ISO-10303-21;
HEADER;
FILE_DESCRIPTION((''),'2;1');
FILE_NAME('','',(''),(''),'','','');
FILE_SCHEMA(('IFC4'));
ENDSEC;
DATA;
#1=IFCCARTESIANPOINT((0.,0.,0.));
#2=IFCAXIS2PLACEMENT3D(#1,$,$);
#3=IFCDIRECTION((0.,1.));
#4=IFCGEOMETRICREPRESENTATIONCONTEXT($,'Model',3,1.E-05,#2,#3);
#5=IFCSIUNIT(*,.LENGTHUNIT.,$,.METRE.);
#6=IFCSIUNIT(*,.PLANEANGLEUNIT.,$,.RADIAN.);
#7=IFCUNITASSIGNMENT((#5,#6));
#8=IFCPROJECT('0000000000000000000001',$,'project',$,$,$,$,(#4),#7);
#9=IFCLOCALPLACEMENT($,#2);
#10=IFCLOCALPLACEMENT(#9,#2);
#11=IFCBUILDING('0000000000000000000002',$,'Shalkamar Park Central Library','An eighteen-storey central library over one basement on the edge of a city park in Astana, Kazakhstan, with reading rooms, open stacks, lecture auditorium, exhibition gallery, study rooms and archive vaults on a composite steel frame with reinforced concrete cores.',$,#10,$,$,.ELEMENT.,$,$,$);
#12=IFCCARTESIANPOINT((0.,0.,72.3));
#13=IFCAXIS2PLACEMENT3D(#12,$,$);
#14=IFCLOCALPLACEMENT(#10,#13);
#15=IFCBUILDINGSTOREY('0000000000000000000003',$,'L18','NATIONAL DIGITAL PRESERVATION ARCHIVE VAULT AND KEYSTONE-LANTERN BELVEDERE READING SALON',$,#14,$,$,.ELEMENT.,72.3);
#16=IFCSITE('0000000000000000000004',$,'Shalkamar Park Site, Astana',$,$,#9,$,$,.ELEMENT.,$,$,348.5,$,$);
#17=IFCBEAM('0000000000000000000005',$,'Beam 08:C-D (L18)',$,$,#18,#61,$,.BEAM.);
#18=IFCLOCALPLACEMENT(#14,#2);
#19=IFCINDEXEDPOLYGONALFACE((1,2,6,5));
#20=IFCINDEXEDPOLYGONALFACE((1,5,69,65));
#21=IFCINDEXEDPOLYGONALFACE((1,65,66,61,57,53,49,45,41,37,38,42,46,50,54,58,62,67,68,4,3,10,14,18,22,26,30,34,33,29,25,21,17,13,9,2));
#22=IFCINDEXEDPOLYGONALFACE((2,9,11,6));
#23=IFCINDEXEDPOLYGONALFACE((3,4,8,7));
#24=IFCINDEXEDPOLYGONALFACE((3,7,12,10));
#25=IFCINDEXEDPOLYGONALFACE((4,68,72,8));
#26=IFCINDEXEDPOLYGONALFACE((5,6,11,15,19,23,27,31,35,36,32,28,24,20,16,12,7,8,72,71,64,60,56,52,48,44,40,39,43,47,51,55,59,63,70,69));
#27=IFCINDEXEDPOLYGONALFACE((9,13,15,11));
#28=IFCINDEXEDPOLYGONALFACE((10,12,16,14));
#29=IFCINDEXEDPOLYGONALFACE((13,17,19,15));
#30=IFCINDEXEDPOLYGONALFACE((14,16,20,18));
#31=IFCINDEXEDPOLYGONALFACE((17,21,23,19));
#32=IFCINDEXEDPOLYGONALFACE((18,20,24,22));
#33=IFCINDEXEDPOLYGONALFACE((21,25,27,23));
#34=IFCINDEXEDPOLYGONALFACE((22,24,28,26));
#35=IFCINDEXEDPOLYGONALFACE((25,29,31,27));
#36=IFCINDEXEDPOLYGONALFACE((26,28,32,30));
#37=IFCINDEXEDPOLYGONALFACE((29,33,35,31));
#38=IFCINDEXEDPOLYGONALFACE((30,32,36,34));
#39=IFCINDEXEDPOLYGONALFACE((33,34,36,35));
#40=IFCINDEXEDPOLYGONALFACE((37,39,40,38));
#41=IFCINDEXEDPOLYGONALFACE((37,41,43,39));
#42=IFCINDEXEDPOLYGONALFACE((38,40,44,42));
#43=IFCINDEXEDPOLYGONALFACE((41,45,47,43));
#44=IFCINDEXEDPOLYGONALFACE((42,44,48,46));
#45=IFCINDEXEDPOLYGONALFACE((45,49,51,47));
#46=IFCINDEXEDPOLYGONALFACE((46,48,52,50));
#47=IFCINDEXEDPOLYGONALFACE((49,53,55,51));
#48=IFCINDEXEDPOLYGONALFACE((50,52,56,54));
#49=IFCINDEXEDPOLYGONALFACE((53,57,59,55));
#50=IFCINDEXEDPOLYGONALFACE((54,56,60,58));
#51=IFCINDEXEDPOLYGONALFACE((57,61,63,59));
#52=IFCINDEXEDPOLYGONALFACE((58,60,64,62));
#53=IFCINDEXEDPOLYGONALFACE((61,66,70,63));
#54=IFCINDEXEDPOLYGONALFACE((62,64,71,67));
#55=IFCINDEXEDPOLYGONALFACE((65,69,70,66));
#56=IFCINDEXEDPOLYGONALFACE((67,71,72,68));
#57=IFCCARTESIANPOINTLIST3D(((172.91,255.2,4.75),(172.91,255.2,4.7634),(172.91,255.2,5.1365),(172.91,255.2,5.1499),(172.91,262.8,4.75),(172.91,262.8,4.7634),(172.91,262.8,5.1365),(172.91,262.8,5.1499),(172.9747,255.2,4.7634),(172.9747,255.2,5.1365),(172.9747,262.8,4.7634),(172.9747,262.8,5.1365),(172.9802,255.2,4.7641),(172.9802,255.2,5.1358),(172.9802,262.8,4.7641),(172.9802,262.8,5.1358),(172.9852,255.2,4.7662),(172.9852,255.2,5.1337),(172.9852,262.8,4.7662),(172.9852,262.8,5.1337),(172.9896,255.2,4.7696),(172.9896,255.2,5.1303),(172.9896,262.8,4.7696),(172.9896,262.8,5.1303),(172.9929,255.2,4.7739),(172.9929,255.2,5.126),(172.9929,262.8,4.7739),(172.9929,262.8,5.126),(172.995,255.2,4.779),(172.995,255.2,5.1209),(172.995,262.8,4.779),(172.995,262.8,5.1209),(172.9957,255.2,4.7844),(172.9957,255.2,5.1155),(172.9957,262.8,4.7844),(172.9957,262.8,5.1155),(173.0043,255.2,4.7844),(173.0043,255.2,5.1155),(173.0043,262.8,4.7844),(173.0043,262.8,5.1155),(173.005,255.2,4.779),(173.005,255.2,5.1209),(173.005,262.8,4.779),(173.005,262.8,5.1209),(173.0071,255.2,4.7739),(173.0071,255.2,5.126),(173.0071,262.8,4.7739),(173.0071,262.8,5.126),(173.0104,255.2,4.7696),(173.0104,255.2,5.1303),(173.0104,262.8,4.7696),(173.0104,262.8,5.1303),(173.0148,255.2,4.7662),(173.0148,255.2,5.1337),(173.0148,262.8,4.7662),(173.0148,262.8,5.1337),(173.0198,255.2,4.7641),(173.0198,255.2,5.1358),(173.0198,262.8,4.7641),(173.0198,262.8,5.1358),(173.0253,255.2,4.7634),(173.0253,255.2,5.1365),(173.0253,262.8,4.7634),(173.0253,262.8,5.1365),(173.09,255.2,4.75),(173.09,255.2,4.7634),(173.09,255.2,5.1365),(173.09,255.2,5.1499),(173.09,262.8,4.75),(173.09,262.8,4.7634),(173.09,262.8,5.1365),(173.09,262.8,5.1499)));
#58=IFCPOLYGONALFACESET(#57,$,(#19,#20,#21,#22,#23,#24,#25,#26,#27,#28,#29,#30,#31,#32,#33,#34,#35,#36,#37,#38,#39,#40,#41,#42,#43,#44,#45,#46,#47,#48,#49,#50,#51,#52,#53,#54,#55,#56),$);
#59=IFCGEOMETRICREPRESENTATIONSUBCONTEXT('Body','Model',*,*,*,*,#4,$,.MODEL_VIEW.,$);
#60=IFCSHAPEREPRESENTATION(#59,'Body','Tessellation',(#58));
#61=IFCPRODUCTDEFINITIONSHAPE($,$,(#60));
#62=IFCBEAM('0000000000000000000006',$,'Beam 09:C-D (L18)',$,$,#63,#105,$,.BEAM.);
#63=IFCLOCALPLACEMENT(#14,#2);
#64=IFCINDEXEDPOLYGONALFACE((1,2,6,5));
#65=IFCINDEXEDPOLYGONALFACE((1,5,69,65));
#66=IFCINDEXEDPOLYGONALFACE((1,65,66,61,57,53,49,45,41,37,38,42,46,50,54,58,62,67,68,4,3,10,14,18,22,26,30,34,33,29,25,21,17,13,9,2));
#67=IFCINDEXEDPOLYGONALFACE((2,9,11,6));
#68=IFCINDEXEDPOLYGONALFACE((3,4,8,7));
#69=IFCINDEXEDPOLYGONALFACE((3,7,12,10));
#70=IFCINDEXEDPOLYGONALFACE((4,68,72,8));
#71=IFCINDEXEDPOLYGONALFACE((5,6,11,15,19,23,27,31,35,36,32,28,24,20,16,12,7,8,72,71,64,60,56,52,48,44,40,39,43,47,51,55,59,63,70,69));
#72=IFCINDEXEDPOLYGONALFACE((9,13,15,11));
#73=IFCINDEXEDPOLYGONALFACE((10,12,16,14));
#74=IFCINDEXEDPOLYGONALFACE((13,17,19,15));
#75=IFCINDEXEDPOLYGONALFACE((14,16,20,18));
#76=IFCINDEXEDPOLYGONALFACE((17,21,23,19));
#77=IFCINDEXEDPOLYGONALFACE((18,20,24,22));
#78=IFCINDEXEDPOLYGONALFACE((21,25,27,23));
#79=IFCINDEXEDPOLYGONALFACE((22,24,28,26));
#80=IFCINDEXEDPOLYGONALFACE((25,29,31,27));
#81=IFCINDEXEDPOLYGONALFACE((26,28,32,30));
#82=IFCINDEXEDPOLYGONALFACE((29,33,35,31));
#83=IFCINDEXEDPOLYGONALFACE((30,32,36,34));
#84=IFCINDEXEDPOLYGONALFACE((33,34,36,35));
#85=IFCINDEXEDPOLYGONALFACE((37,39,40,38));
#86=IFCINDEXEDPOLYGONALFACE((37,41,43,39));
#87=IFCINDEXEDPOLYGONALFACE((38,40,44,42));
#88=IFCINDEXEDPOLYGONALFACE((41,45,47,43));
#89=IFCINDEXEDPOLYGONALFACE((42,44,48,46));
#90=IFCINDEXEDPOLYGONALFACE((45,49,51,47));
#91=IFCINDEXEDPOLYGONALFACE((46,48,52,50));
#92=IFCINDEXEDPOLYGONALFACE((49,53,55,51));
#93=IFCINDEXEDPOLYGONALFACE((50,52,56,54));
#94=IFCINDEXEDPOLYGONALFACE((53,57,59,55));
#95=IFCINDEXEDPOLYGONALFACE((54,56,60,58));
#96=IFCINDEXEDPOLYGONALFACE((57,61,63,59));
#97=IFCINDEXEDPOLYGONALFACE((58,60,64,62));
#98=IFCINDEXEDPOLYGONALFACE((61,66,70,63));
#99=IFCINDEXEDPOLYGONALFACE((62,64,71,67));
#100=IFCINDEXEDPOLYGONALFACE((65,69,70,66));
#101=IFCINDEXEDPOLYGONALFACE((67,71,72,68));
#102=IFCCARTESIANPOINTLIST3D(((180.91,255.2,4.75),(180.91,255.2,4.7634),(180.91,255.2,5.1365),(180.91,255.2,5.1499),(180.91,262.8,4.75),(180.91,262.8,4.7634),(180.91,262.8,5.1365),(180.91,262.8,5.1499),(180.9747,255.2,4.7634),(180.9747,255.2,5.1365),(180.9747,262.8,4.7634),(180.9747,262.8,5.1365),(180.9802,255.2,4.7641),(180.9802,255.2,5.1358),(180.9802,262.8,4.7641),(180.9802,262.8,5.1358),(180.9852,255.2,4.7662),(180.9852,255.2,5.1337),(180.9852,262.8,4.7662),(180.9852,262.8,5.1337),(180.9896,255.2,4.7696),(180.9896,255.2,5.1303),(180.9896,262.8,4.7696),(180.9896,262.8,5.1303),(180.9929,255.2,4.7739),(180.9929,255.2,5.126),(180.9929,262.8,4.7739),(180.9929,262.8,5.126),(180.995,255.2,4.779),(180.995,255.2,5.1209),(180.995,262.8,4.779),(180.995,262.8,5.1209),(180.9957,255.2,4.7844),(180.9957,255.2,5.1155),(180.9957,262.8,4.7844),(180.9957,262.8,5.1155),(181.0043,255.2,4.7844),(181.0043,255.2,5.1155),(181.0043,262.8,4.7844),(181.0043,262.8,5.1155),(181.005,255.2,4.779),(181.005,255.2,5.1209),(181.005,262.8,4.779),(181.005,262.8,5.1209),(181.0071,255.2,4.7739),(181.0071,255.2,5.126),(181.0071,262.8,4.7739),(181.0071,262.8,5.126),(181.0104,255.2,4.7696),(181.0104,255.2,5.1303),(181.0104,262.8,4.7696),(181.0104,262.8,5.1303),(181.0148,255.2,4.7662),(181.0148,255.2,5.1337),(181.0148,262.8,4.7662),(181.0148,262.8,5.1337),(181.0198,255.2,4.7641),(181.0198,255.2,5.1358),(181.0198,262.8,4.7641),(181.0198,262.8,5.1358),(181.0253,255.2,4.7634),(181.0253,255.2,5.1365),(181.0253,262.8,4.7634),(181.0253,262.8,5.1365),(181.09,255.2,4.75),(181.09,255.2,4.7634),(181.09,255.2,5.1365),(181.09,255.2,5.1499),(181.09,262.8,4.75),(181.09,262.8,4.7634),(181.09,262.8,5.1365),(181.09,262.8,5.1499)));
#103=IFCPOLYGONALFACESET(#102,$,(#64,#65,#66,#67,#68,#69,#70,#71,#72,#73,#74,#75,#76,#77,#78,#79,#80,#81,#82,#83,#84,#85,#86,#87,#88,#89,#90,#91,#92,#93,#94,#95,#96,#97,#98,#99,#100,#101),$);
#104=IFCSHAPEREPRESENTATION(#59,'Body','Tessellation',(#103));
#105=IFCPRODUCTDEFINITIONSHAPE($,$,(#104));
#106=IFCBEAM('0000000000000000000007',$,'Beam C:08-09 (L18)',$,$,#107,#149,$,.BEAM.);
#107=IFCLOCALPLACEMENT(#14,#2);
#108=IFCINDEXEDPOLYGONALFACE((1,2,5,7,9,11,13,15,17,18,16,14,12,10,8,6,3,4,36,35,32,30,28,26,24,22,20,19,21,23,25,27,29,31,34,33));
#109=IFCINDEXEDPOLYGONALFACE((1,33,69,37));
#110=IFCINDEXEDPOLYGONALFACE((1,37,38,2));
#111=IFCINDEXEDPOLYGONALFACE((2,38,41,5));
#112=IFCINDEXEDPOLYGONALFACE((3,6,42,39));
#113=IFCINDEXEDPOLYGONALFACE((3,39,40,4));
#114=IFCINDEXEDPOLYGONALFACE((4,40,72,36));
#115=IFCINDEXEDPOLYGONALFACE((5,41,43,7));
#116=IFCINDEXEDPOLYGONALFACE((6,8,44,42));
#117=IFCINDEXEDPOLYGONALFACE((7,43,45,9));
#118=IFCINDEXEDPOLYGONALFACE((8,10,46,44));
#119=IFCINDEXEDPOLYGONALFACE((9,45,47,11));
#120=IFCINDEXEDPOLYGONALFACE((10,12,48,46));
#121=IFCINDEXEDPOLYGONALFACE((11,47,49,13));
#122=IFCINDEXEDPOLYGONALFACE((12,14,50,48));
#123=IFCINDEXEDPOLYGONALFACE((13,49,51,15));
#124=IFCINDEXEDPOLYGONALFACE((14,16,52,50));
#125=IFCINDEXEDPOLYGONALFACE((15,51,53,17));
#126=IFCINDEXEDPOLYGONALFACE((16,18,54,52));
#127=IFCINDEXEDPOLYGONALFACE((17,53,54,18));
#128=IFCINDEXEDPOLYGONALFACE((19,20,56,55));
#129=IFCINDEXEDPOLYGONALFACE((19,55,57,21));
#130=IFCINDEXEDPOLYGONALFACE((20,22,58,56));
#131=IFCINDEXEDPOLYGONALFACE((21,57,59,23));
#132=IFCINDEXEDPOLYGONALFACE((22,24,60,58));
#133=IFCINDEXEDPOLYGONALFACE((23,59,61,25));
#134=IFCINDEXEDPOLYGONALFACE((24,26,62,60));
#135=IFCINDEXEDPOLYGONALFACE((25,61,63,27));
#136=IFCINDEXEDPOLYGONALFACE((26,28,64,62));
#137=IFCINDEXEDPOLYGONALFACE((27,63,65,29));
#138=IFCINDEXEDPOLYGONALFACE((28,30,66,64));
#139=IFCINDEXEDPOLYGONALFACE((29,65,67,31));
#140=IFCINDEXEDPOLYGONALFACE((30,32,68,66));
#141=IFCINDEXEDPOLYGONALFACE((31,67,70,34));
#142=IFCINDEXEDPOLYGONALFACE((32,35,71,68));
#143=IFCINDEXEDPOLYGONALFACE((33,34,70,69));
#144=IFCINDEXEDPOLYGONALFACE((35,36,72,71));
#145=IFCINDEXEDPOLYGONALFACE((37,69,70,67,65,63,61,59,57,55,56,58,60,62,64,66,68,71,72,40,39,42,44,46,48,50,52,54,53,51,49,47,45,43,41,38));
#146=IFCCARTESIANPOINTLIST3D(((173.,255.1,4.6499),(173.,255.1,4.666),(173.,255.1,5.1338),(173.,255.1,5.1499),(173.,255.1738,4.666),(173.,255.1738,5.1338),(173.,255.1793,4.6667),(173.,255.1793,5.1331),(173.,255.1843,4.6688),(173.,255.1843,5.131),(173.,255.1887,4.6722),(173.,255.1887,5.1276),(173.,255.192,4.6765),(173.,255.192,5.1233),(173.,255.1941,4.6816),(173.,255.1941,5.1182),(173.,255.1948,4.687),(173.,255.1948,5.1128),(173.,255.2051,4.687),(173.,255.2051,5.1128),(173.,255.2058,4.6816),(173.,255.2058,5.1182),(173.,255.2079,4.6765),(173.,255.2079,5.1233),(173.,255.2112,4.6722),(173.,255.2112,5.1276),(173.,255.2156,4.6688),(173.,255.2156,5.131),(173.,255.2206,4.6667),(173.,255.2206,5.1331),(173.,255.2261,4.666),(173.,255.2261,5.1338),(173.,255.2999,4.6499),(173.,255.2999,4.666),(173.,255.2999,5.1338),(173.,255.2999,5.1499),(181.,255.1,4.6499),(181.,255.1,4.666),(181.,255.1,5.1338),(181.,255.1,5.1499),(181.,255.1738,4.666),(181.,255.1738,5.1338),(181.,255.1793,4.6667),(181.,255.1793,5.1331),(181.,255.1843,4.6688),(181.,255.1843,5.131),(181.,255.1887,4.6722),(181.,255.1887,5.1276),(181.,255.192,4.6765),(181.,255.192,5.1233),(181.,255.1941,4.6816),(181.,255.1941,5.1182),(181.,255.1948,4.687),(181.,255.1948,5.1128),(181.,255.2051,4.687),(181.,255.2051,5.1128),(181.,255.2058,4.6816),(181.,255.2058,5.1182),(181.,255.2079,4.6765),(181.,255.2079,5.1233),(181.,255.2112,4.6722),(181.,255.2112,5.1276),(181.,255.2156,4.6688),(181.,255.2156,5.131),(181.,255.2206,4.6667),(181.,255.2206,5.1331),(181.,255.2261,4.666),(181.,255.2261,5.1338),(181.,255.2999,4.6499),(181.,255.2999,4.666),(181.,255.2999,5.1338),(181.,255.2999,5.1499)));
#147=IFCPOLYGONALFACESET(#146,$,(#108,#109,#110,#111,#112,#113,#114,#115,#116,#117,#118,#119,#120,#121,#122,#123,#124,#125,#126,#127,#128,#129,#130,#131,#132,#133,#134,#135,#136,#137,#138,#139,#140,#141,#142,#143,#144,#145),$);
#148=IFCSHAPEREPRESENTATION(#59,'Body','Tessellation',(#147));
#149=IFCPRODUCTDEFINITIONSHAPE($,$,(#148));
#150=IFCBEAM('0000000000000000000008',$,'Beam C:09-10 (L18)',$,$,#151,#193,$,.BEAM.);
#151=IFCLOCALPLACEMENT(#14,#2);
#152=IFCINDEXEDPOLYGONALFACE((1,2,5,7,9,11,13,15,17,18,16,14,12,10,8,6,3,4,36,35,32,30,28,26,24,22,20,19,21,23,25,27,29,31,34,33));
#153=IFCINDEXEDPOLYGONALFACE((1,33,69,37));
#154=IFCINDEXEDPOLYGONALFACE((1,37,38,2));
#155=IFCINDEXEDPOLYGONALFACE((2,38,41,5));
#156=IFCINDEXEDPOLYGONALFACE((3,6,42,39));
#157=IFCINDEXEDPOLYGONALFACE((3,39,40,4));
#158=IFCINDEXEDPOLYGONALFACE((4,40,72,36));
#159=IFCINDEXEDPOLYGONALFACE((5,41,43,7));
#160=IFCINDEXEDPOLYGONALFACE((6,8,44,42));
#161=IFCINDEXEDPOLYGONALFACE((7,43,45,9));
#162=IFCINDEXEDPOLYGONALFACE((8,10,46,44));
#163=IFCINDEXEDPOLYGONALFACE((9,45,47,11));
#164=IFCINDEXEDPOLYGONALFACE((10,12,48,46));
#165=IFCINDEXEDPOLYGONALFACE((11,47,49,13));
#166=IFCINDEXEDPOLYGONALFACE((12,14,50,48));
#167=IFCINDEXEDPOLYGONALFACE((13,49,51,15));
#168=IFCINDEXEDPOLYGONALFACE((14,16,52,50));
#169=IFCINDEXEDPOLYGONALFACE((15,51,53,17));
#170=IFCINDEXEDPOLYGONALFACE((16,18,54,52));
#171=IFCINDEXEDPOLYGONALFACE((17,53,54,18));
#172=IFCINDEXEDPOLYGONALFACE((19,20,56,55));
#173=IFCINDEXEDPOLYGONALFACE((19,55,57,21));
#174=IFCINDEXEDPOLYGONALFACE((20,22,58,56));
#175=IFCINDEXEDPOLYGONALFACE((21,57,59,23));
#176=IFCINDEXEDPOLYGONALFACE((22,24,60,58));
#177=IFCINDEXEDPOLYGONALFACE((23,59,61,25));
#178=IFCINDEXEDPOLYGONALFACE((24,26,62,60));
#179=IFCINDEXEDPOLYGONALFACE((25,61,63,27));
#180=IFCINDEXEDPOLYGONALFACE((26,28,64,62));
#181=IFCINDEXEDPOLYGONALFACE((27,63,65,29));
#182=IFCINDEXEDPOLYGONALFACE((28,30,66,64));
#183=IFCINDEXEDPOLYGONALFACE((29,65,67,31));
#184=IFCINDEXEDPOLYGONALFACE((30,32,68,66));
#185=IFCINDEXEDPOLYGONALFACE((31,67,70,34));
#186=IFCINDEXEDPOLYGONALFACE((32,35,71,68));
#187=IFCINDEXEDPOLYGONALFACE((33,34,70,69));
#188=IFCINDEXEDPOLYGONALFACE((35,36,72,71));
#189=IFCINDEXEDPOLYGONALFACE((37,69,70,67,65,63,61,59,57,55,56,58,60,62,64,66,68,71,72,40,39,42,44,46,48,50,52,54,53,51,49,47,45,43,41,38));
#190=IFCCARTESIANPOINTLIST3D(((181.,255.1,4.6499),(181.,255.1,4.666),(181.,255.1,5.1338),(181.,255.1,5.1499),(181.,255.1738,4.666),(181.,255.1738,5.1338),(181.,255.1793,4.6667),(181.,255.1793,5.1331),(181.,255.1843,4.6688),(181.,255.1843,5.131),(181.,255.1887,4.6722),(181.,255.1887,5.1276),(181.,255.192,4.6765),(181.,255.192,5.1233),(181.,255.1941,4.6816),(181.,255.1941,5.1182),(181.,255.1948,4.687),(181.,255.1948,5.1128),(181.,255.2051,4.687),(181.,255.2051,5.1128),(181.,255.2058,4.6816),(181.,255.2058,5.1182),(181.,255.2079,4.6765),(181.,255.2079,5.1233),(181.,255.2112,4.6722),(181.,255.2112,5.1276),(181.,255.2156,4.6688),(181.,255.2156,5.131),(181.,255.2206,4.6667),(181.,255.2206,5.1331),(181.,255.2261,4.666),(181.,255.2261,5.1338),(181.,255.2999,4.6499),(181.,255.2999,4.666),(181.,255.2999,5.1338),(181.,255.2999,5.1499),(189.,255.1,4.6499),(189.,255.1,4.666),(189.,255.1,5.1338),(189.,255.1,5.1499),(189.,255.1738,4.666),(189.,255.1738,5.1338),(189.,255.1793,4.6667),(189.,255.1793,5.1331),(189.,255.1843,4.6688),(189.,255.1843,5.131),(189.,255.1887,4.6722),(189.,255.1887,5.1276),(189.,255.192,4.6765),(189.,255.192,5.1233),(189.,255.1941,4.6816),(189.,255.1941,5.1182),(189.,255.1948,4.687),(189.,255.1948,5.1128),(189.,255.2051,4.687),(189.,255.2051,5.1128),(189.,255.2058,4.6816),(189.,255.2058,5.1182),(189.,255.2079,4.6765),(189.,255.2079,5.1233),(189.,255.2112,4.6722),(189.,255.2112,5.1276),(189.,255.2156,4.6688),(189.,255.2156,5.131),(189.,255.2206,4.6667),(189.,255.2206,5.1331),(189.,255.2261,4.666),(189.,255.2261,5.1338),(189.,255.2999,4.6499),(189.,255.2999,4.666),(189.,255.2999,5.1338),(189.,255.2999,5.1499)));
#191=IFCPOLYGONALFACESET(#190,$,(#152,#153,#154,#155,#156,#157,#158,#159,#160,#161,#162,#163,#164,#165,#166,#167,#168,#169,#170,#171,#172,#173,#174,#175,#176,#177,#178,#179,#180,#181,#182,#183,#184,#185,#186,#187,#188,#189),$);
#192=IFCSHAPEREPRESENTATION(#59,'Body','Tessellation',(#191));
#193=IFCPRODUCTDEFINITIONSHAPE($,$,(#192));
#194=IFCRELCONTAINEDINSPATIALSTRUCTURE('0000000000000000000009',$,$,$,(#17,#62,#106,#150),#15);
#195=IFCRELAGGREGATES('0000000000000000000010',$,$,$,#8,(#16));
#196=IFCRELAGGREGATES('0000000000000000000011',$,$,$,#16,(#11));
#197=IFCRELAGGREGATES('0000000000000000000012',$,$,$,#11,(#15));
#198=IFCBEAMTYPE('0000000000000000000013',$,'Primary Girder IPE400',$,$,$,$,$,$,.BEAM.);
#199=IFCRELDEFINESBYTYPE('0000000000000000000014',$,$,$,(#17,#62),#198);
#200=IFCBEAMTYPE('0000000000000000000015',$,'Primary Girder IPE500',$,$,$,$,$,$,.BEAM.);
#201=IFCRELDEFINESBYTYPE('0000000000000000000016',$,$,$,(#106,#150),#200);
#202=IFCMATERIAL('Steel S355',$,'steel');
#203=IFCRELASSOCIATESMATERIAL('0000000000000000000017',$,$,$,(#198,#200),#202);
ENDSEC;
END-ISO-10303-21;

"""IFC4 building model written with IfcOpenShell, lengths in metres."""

from ifc_helpers import new_model, si_unit, direction, frame, origin, origin_2d, place, context, subcontext, project, spatial, i_section, extrude, material, material_profile, profile_set, type_object, element, save


model = new_model("IFC4")

# Units and contexts
model_context = context("Model", 3, precision=1e-05, world=origin(), true_north=direction((0.0, 1.0)))
body_context = subcontext(model_context, "Body", "Model", "MODEL_VIEW")
ifc_project = project(units=[si_unit("LENGTHUNIT", "METRE"), si_unit("PLANEANGLEUNIT", "RADIAN")], contexts=[model_context])

# Site, building, storey
site_placement = place(None, origin())
site = spatial("IfcSite", under=ifc_project, at=site_placement, Name="Shalkamar Park Site, Astana", CompositionType="ELEMENT", RefElevation=348.5)
building_placement = place(site_placement, origin())
building = spatial("IfcBuilding", under=site, at=building_placement, Name="Shalkamar Park Central Library", Description="An eighteen-storey central library over one basement on the edge of a city park in Astana, Kazakhstan, with reading rooms, open stacks, lecture auditorium, exhibition gallery, study rooms and archive vaults on a composite steel frame with reinforced concrete cores.", CompositionType="ELEMENT")
storey_placement = place(building_placement, frame((0.0, 0.0, 72.3)))
storey = spatial("IfcBuildingStorey", under=building, at=storey_placement, Name="L18", Description="NATIONAL DIGITAL PRESERVATION ARCHIVE VAULT AND KEYSTONE-LANTERN BELVEDERE READING SALON", CompositionType="ELEMENT", Elevation=72.3)

# Shared definitions
ifc_material_1 = material(Name="Steel S355", Category="steel")

# Beams
ifc_material_profile_1 = material_profile(ifc_material_1, i_section(OverallWidth=0.1799, OverallDepth=0.3999, WebThickness=0.0085, FlangeThickness=0.0134, FilletRadius=0.021, at=origin_2d()), Name="IPE 400")
ifc_profile_set_1 = profile_set([ifc_material_profile_1], Name="Steel S355")
beam_type_1 = type_object("IfcBeamType", Name="Primary Girder IPE400", PredefinedType="BEAM", material=ifc_profile_set_1)
for number, where, z_axis, x_axis, name in (
    (1, (173.0, 255.2, 4.95), (0.0, 1.0, 0.0), (-1.0, 0.0, 0.0), "Beam 08:C-D (L18)"),
    (2, (181.0, 255.2, 4.95), (0.0, 1.0, 0.0), (-1.0, 0.0, 0.0), "Beam 09:C-D (L18)"),
):
    element("IfcBeam", number, at=place(storey_placement, frame(where, z_axis=z_axis, x_axis=x_axis)), inside=storey, type_object=beam_type_1, Name=name, PredefinedType="BEAM", context=body_context, shape_type="SweptSolid", body=[
        extrude(i_section(OverallWidth=0.1799, OverallDepth=0.3999, WebThickness=0.0085, FlangeThickness=0.0134, FilletRadius=0.021, at=origin_2d()), origin(), (0.0, 0.0, 1.0), 7.6001),
    ])
ifc_material_profile_2 = material_profile(ifc_material_1, i_section(OverallWidth=0.2, OverallDepth=0.5, WebThickness=0.0103, FlangeThickness=0.0161, FilletRadius=0.021, at=origin_2d()), Name="IPE 500")
ifc_profile_set_2 = profile_set([ifc_material_profile_2], Name="Steel S355")
beam_type_2 = type_object("IfcBeamType", Name="Primary Girder IPE500", PredefinedType="BEAM", material=ifc_profile_set_2)
for number, where, z_axis, x_axis, name in (
    (3, (173.0, 255.2, 4.8999), (1.0, 0.0, 0.0), (0.0, 1.0, 0.0), "Beam C:08-09 (L18)"),
    (4, (181.0, 255.2, 4.8999), (1.0, 0.0, 0.0), (0.0, 1.0, 0.0), "Beam C:09-10 (L18)"),
):
    element("IfcBeam", number, at=place(storey_placement, frame(where, z_axis=z_axis, x_axis=x_axis)), inside=storey, type_object=beam_type_2, Name=name, PredefinedType="BEAM", context=body_context, shape_type="SweptSolid", body=[
        extrude(i_section(OverallWidth=0.2, OverallDepth=0.5, WebThickness=0.0103, FlangeThickness=0.0161, FilletRadius=0.021, at=origin_2d()), origin(), (0.0, 0.0, 1.0), 8.0),
    ])

save(model, "model.ifc")
